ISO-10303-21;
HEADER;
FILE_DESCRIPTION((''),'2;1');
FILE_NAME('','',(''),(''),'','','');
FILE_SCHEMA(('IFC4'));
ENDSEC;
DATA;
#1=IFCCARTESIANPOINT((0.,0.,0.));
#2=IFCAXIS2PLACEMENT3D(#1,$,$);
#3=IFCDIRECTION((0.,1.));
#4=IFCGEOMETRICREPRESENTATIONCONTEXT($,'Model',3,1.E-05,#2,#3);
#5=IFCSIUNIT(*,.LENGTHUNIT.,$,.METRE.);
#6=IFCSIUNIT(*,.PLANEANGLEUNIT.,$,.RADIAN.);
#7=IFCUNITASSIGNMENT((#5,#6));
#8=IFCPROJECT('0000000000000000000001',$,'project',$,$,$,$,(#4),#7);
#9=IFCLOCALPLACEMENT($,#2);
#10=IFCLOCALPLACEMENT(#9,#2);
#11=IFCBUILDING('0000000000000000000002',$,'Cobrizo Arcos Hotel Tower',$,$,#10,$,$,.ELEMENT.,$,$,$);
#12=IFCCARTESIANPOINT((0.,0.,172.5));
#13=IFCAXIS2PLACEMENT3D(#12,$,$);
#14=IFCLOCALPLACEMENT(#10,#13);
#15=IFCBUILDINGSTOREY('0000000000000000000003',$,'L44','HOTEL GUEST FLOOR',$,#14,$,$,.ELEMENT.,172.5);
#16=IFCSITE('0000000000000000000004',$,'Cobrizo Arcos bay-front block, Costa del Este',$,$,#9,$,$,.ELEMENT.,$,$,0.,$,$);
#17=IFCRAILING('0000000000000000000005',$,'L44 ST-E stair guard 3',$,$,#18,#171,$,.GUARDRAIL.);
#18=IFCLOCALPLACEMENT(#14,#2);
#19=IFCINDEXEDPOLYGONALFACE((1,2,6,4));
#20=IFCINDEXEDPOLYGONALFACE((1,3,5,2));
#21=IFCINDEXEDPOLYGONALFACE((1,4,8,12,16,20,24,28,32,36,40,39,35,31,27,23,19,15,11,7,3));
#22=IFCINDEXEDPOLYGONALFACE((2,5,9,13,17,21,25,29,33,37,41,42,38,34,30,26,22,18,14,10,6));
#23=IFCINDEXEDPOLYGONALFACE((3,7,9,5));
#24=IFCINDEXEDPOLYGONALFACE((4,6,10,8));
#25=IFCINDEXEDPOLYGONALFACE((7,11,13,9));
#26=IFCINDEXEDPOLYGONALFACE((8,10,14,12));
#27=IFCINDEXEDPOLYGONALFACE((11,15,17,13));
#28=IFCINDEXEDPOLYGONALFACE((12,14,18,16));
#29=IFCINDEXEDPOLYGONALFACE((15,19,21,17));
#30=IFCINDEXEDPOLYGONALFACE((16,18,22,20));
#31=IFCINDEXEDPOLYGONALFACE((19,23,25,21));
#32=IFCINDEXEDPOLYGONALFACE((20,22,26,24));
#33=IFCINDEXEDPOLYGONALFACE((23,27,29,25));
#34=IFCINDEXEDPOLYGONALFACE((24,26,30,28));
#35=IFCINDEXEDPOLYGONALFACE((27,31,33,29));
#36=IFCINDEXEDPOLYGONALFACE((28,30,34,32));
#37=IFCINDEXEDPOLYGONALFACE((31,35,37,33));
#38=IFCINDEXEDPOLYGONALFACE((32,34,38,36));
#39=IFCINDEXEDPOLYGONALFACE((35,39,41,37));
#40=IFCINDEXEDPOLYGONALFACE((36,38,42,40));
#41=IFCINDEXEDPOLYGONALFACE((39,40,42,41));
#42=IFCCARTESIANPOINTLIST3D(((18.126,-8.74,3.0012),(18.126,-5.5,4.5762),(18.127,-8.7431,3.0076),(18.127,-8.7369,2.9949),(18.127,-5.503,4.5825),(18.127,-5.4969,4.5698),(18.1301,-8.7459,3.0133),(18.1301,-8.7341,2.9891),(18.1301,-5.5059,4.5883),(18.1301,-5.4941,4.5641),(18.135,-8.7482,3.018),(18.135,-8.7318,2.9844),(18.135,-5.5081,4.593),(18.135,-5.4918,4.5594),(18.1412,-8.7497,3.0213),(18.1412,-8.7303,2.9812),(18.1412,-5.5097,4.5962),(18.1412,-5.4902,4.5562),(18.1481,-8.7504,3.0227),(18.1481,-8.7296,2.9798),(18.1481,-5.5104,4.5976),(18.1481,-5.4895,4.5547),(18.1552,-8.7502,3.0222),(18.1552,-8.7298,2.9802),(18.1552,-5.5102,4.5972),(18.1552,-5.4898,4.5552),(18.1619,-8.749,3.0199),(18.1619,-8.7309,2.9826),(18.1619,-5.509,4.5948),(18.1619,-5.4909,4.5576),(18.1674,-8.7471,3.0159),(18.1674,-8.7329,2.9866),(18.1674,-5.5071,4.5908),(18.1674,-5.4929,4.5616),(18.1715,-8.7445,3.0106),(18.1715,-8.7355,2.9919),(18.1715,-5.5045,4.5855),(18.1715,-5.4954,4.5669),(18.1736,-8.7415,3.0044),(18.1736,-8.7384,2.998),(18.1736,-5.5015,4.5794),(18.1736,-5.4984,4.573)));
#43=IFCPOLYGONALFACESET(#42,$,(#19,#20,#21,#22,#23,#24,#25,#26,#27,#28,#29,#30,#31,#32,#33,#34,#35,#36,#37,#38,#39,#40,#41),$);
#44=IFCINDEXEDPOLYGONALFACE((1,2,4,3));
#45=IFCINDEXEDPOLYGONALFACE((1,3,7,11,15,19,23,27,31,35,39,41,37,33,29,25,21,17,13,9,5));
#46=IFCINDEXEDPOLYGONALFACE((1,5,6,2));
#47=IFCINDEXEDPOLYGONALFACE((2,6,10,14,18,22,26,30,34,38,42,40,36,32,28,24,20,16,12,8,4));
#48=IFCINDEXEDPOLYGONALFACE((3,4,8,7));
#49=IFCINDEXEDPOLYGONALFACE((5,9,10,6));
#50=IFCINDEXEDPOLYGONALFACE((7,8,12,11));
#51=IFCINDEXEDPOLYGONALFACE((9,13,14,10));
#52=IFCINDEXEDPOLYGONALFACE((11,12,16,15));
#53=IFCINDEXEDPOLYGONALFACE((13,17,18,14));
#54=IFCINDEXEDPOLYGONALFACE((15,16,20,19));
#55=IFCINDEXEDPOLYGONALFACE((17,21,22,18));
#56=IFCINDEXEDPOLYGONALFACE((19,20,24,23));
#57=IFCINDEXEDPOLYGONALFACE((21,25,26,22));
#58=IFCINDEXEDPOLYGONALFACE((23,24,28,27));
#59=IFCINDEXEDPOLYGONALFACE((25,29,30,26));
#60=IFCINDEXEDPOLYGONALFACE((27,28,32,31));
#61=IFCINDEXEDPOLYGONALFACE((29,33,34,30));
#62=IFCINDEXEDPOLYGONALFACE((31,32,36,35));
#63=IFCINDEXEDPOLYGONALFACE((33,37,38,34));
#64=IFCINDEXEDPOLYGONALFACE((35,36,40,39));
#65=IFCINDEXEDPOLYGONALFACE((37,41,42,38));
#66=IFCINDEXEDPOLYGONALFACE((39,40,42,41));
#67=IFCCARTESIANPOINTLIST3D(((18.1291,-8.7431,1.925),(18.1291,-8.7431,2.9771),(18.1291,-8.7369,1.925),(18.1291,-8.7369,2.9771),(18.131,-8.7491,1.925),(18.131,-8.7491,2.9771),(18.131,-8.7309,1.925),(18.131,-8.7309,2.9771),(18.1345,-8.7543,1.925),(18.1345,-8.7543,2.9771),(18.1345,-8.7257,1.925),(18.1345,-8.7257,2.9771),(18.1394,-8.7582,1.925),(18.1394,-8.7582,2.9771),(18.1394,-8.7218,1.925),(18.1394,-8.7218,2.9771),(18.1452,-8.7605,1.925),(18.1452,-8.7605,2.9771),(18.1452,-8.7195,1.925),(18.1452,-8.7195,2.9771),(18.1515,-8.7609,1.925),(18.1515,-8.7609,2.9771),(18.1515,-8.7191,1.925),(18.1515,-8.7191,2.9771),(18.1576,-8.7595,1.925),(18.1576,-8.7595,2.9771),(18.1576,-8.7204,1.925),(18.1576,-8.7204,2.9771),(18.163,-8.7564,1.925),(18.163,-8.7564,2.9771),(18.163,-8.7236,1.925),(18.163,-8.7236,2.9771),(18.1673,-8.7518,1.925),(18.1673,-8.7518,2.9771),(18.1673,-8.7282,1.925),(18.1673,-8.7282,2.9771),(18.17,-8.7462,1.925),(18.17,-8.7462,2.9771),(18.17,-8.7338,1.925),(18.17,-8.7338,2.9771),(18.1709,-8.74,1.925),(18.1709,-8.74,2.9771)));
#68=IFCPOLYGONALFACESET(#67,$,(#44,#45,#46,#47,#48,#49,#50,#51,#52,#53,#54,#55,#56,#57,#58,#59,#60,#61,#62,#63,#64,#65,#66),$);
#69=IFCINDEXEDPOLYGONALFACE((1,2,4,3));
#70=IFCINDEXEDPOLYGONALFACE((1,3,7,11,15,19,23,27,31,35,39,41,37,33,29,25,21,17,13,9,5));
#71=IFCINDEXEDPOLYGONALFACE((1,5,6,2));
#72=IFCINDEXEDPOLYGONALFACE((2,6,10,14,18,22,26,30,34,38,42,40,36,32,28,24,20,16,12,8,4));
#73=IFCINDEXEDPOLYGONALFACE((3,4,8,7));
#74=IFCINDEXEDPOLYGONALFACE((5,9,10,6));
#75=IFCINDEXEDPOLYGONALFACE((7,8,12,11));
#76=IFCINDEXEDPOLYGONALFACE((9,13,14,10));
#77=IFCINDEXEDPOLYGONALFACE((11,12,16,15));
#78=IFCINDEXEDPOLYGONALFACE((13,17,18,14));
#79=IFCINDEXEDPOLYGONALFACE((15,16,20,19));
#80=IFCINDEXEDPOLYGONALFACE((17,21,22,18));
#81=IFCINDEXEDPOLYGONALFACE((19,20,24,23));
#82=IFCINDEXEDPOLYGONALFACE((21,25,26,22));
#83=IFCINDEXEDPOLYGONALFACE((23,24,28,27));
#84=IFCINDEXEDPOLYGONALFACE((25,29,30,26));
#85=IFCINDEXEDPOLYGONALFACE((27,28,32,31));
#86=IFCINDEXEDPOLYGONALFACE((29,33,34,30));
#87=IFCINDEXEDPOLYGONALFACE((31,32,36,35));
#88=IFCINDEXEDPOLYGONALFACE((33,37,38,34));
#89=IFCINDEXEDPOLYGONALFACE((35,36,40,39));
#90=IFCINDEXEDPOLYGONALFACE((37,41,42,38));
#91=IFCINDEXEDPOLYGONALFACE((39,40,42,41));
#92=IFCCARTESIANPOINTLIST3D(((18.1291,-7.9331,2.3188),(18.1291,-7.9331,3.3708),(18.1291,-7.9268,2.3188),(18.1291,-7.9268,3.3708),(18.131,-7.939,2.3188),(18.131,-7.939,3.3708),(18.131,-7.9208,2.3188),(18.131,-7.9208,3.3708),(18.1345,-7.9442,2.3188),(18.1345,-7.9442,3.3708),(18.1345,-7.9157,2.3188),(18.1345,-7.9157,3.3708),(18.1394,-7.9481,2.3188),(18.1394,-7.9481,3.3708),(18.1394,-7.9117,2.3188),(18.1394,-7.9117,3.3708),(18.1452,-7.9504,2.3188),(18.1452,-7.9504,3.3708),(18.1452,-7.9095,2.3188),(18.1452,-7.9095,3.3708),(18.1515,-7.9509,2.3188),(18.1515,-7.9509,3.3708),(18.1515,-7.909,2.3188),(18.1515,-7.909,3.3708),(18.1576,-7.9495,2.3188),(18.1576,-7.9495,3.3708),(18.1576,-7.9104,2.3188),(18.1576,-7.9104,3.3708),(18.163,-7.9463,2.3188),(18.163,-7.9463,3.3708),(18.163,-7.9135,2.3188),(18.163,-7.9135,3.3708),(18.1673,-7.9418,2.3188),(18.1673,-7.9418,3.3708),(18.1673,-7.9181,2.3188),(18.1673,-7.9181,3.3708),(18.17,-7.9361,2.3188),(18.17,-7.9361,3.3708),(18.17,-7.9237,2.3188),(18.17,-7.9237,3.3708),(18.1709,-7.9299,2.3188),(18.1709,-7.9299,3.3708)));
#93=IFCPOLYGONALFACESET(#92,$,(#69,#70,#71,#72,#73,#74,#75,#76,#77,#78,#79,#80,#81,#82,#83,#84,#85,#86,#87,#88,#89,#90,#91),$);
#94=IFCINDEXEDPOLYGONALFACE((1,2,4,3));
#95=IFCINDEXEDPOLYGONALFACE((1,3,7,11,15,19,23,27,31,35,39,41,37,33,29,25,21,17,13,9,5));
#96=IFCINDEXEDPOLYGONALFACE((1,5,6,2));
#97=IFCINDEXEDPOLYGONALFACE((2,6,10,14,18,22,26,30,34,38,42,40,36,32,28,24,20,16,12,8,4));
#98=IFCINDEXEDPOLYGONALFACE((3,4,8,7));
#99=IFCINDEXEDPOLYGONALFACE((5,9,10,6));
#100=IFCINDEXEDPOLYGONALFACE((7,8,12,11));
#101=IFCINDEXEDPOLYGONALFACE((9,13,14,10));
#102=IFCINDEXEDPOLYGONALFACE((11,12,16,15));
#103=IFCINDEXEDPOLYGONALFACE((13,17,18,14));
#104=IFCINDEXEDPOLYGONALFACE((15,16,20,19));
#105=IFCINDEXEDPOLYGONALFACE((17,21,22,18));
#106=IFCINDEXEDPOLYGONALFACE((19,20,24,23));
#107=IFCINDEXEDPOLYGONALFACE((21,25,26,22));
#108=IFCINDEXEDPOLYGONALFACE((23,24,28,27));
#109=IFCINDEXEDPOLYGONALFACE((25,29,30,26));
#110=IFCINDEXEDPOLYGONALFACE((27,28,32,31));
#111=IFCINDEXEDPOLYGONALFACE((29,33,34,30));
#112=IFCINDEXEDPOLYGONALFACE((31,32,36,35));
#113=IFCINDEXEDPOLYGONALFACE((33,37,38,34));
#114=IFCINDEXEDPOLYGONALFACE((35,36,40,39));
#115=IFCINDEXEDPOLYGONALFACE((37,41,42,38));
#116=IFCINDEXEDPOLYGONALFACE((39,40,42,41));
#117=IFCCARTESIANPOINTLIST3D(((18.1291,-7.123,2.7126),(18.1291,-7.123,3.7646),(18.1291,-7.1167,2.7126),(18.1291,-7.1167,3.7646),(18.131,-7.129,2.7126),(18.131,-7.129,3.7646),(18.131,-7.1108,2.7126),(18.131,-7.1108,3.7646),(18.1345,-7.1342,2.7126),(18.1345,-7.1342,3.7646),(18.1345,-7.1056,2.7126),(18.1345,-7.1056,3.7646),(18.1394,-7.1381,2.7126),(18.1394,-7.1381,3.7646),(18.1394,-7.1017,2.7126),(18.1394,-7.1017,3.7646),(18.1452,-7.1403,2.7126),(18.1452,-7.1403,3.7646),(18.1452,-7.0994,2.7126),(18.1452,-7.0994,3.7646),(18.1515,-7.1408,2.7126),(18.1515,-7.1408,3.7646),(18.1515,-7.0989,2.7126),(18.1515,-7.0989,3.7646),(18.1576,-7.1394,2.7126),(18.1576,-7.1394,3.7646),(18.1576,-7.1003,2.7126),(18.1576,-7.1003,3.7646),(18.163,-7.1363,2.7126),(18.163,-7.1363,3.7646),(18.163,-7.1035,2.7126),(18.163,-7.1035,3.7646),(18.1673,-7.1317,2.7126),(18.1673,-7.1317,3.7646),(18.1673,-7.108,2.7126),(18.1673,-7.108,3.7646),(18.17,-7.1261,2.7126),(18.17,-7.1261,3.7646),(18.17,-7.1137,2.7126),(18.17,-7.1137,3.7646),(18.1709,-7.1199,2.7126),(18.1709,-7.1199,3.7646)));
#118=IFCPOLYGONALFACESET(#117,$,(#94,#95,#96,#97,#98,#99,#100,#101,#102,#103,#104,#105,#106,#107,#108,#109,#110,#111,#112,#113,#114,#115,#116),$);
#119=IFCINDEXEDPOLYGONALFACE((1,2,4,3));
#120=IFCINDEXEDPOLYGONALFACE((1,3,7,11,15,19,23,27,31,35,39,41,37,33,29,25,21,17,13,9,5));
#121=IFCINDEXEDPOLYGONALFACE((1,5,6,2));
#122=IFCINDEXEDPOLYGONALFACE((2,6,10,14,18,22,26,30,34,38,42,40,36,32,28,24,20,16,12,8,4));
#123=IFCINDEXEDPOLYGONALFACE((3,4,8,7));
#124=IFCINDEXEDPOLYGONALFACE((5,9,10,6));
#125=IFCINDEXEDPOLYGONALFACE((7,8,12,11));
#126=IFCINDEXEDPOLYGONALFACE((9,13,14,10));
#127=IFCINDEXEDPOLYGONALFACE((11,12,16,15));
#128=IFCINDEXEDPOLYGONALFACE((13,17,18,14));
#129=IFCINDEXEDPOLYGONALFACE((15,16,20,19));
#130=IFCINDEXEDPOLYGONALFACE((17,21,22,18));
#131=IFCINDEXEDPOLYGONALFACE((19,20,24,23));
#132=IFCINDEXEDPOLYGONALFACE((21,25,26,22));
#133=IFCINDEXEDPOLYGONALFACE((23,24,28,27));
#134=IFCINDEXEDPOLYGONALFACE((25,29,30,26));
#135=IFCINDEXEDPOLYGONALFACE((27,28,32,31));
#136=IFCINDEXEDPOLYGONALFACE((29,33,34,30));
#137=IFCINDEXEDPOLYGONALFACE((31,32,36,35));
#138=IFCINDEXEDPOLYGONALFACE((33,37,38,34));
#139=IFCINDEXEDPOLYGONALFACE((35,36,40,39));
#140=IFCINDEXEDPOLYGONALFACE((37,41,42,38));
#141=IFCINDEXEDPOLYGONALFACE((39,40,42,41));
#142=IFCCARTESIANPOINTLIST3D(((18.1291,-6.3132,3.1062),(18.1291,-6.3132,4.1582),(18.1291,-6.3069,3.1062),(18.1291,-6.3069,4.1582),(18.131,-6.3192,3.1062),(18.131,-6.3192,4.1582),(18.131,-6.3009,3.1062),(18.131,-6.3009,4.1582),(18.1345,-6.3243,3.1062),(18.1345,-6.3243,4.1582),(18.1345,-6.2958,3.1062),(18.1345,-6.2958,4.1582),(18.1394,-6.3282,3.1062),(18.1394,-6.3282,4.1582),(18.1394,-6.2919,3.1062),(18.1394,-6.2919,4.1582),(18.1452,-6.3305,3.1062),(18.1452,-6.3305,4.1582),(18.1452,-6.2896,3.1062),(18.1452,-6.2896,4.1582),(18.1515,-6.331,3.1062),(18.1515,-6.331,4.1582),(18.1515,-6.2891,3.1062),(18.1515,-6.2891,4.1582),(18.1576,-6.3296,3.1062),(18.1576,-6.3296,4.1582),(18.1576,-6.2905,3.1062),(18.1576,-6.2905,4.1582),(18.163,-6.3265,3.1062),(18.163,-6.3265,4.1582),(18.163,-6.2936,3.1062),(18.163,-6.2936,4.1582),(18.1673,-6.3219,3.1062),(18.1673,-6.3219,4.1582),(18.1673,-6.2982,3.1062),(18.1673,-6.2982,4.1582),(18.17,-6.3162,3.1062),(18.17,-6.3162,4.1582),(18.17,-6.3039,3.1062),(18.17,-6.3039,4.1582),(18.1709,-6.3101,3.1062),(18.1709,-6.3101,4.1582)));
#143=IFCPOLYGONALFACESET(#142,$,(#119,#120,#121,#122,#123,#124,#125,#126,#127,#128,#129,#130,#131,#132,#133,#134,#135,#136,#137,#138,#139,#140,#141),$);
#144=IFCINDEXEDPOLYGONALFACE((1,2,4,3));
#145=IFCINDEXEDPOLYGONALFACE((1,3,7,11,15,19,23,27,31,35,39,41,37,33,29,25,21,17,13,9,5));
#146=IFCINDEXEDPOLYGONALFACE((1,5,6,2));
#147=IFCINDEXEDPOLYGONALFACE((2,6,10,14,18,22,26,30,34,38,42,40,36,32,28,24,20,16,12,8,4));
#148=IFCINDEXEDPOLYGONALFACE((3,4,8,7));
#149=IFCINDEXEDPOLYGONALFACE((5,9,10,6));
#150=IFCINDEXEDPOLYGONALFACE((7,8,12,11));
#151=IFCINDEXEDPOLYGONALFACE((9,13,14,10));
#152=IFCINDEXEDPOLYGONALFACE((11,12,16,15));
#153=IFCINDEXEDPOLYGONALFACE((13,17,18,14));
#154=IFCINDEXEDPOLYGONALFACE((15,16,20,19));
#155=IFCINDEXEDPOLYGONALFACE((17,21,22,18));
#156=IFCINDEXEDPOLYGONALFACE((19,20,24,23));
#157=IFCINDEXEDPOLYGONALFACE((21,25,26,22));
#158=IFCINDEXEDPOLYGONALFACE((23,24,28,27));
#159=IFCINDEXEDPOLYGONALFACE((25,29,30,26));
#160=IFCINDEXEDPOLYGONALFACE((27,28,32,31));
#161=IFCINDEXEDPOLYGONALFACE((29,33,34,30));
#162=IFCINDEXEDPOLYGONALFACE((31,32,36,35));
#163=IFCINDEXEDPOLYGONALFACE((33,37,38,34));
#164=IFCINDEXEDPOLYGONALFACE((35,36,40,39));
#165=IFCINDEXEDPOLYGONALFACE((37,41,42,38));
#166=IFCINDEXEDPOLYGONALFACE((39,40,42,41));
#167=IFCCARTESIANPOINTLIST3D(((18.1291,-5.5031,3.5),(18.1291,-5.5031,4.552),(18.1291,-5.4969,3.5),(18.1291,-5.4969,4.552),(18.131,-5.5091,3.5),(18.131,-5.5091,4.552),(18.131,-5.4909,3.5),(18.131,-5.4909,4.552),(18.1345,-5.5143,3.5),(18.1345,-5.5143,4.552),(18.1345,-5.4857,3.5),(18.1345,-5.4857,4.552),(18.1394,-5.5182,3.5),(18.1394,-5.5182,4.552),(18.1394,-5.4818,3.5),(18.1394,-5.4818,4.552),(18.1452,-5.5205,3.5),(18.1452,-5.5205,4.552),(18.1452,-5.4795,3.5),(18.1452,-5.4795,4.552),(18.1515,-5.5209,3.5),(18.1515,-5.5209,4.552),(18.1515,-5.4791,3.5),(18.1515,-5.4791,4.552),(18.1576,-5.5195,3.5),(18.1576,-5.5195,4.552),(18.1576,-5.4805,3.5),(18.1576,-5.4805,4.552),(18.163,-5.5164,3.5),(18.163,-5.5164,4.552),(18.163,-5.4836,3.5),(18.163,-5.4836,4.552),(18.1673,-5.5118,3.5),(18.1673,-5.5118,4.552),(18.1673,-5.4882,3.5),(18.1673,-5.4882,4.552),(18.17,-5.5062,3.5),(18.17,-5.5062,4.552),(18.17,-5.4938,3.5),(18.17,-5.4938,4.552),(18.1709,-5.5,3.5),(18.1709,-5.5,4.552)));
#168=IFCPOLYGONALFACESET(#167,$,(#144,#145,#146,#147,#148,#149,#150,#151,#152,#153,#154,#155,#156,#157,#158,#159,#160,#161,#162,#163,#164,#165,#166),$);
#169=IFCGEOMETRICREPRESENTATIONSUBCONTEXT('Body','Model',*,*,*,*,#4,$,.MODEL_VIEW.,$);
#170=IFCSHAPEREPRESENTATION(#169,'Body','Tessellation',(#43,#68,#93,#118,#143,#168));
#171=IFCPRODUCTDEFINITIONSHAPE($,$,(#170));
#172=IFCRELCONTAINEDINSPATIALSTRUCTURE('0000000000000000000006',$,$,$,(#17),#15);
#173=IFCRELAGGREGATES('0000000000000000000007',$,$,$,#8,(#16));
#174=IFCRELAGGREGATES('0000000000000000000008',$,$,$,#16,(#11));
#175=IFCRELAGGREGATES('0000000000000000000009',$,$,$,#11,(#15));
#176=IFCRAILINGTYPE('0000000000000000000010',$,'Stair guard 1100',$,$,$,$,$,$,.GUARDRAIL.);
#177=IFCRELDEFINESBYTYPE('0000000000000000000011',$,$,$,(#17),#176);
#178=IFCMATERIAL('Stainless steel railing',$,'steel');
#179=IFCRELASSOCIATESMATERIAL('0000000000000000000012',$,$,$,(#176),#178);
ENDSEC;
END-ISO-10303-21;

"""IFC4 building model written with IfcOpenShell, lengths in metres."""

from ifc_helpers import new_model, si_unit, direction, frame, origin, origin_2d, place, context, subcontext, project, spatial, circle, extrude, material, type_object, element, save


model = new_model("IFC4")

# Units and contexts
model_context = context("Model", 3, precision=1e-05, world=origin(), true_north=direction((0.0, 1.0)))
body_context = subcontext(model_context, "Body", "Model", "MODEL_VIEW")
ifc_project = project(units=[si_unit("LENGTHUNIT", "METRE"), si_unit("PLANEANGLEUNIT", "RADIAN")], contexts=[model_context])

# Site, building, storey
site_placement = place(None, origin())
site = spatial("IfcSite", under=ifc_project, at=site_placement, Name="Cobrizo Arcos bay-front block, Costa del Este", CompositionType="ELEMENT", RefElevation=0.0)
building_placement = place(site_placement, origin())
building = spatial("IfcBuilding", under=site, at=building_placement, Name="Cobrizo Arcos Hotel Tower", CompositionType="ELEMENT")
storey_placement = place(building_placement, frame((0.0, 0.0, 172.5)))
storey = spatial("IfcBuildingStorey", under=building, at=storey_placement, Name="L44", Description="HOTEL GUEST FLOOR", CompositionType="ELEMENT", Elevation=172.5)

# Railing
ifc_material_1 = material(Name="Stainless steel railing", Category="steel")
railing_type_1 = type_object("IfcRailingType", Name="Stair guard 1100", PredefinedType="GUARDRAIL", material=ifc_material_1)
railing_1_placement = place(storey_placement, frame((18.1499, -8.74, 1.925)))
element("IfcRailing", 1, at=railing_1_placement, inside=storey, type_object=railing_type_1, Name="L44 ST-E stair guard 3", PredefinedType="GUARDRAIL", context=body_context, shape_type="SweptSolid", body=[
    extrude(circle(Radius=0.0239, at=origin_2d()), frame((0.0, 0.0, 1.0762), z_axis=(0.0, 0.899373, 0.437183), x_axis=(-1.0, 0.0, 0.0)), (0.0, 0.0, 1.0), 3.6025),
    extrude(circle(Radius=0.021, at=origin_2d()), origin(), (0.0, 0.0, 1.0), 1.052),
    extrude(circle(Radius=0.021, at=origin_2d()), frame((0.0, 0.8101, 0.3938)), (0.0, 0.0, 1.0), 1.052),
    extrude(circle(Radius=0.021, at=origin_2d()), frame((0.0, 1.6201, 0.7876)), (0.0, 0.0, 1.0), 1.052),
    extrude(circle(Radius=0.021, at=origin_2d()), frame((0.0, 2.4299, 1.1812)), (0.0, 0.0, 1.0), 1.052),
    extrude(circle(Radius=0.021, at=origin_2d()), frame((0.0, 3.24, 1.575)), (0.0, 0.0, 1.0), 1.052),
])

save(model, "model.ifc")
